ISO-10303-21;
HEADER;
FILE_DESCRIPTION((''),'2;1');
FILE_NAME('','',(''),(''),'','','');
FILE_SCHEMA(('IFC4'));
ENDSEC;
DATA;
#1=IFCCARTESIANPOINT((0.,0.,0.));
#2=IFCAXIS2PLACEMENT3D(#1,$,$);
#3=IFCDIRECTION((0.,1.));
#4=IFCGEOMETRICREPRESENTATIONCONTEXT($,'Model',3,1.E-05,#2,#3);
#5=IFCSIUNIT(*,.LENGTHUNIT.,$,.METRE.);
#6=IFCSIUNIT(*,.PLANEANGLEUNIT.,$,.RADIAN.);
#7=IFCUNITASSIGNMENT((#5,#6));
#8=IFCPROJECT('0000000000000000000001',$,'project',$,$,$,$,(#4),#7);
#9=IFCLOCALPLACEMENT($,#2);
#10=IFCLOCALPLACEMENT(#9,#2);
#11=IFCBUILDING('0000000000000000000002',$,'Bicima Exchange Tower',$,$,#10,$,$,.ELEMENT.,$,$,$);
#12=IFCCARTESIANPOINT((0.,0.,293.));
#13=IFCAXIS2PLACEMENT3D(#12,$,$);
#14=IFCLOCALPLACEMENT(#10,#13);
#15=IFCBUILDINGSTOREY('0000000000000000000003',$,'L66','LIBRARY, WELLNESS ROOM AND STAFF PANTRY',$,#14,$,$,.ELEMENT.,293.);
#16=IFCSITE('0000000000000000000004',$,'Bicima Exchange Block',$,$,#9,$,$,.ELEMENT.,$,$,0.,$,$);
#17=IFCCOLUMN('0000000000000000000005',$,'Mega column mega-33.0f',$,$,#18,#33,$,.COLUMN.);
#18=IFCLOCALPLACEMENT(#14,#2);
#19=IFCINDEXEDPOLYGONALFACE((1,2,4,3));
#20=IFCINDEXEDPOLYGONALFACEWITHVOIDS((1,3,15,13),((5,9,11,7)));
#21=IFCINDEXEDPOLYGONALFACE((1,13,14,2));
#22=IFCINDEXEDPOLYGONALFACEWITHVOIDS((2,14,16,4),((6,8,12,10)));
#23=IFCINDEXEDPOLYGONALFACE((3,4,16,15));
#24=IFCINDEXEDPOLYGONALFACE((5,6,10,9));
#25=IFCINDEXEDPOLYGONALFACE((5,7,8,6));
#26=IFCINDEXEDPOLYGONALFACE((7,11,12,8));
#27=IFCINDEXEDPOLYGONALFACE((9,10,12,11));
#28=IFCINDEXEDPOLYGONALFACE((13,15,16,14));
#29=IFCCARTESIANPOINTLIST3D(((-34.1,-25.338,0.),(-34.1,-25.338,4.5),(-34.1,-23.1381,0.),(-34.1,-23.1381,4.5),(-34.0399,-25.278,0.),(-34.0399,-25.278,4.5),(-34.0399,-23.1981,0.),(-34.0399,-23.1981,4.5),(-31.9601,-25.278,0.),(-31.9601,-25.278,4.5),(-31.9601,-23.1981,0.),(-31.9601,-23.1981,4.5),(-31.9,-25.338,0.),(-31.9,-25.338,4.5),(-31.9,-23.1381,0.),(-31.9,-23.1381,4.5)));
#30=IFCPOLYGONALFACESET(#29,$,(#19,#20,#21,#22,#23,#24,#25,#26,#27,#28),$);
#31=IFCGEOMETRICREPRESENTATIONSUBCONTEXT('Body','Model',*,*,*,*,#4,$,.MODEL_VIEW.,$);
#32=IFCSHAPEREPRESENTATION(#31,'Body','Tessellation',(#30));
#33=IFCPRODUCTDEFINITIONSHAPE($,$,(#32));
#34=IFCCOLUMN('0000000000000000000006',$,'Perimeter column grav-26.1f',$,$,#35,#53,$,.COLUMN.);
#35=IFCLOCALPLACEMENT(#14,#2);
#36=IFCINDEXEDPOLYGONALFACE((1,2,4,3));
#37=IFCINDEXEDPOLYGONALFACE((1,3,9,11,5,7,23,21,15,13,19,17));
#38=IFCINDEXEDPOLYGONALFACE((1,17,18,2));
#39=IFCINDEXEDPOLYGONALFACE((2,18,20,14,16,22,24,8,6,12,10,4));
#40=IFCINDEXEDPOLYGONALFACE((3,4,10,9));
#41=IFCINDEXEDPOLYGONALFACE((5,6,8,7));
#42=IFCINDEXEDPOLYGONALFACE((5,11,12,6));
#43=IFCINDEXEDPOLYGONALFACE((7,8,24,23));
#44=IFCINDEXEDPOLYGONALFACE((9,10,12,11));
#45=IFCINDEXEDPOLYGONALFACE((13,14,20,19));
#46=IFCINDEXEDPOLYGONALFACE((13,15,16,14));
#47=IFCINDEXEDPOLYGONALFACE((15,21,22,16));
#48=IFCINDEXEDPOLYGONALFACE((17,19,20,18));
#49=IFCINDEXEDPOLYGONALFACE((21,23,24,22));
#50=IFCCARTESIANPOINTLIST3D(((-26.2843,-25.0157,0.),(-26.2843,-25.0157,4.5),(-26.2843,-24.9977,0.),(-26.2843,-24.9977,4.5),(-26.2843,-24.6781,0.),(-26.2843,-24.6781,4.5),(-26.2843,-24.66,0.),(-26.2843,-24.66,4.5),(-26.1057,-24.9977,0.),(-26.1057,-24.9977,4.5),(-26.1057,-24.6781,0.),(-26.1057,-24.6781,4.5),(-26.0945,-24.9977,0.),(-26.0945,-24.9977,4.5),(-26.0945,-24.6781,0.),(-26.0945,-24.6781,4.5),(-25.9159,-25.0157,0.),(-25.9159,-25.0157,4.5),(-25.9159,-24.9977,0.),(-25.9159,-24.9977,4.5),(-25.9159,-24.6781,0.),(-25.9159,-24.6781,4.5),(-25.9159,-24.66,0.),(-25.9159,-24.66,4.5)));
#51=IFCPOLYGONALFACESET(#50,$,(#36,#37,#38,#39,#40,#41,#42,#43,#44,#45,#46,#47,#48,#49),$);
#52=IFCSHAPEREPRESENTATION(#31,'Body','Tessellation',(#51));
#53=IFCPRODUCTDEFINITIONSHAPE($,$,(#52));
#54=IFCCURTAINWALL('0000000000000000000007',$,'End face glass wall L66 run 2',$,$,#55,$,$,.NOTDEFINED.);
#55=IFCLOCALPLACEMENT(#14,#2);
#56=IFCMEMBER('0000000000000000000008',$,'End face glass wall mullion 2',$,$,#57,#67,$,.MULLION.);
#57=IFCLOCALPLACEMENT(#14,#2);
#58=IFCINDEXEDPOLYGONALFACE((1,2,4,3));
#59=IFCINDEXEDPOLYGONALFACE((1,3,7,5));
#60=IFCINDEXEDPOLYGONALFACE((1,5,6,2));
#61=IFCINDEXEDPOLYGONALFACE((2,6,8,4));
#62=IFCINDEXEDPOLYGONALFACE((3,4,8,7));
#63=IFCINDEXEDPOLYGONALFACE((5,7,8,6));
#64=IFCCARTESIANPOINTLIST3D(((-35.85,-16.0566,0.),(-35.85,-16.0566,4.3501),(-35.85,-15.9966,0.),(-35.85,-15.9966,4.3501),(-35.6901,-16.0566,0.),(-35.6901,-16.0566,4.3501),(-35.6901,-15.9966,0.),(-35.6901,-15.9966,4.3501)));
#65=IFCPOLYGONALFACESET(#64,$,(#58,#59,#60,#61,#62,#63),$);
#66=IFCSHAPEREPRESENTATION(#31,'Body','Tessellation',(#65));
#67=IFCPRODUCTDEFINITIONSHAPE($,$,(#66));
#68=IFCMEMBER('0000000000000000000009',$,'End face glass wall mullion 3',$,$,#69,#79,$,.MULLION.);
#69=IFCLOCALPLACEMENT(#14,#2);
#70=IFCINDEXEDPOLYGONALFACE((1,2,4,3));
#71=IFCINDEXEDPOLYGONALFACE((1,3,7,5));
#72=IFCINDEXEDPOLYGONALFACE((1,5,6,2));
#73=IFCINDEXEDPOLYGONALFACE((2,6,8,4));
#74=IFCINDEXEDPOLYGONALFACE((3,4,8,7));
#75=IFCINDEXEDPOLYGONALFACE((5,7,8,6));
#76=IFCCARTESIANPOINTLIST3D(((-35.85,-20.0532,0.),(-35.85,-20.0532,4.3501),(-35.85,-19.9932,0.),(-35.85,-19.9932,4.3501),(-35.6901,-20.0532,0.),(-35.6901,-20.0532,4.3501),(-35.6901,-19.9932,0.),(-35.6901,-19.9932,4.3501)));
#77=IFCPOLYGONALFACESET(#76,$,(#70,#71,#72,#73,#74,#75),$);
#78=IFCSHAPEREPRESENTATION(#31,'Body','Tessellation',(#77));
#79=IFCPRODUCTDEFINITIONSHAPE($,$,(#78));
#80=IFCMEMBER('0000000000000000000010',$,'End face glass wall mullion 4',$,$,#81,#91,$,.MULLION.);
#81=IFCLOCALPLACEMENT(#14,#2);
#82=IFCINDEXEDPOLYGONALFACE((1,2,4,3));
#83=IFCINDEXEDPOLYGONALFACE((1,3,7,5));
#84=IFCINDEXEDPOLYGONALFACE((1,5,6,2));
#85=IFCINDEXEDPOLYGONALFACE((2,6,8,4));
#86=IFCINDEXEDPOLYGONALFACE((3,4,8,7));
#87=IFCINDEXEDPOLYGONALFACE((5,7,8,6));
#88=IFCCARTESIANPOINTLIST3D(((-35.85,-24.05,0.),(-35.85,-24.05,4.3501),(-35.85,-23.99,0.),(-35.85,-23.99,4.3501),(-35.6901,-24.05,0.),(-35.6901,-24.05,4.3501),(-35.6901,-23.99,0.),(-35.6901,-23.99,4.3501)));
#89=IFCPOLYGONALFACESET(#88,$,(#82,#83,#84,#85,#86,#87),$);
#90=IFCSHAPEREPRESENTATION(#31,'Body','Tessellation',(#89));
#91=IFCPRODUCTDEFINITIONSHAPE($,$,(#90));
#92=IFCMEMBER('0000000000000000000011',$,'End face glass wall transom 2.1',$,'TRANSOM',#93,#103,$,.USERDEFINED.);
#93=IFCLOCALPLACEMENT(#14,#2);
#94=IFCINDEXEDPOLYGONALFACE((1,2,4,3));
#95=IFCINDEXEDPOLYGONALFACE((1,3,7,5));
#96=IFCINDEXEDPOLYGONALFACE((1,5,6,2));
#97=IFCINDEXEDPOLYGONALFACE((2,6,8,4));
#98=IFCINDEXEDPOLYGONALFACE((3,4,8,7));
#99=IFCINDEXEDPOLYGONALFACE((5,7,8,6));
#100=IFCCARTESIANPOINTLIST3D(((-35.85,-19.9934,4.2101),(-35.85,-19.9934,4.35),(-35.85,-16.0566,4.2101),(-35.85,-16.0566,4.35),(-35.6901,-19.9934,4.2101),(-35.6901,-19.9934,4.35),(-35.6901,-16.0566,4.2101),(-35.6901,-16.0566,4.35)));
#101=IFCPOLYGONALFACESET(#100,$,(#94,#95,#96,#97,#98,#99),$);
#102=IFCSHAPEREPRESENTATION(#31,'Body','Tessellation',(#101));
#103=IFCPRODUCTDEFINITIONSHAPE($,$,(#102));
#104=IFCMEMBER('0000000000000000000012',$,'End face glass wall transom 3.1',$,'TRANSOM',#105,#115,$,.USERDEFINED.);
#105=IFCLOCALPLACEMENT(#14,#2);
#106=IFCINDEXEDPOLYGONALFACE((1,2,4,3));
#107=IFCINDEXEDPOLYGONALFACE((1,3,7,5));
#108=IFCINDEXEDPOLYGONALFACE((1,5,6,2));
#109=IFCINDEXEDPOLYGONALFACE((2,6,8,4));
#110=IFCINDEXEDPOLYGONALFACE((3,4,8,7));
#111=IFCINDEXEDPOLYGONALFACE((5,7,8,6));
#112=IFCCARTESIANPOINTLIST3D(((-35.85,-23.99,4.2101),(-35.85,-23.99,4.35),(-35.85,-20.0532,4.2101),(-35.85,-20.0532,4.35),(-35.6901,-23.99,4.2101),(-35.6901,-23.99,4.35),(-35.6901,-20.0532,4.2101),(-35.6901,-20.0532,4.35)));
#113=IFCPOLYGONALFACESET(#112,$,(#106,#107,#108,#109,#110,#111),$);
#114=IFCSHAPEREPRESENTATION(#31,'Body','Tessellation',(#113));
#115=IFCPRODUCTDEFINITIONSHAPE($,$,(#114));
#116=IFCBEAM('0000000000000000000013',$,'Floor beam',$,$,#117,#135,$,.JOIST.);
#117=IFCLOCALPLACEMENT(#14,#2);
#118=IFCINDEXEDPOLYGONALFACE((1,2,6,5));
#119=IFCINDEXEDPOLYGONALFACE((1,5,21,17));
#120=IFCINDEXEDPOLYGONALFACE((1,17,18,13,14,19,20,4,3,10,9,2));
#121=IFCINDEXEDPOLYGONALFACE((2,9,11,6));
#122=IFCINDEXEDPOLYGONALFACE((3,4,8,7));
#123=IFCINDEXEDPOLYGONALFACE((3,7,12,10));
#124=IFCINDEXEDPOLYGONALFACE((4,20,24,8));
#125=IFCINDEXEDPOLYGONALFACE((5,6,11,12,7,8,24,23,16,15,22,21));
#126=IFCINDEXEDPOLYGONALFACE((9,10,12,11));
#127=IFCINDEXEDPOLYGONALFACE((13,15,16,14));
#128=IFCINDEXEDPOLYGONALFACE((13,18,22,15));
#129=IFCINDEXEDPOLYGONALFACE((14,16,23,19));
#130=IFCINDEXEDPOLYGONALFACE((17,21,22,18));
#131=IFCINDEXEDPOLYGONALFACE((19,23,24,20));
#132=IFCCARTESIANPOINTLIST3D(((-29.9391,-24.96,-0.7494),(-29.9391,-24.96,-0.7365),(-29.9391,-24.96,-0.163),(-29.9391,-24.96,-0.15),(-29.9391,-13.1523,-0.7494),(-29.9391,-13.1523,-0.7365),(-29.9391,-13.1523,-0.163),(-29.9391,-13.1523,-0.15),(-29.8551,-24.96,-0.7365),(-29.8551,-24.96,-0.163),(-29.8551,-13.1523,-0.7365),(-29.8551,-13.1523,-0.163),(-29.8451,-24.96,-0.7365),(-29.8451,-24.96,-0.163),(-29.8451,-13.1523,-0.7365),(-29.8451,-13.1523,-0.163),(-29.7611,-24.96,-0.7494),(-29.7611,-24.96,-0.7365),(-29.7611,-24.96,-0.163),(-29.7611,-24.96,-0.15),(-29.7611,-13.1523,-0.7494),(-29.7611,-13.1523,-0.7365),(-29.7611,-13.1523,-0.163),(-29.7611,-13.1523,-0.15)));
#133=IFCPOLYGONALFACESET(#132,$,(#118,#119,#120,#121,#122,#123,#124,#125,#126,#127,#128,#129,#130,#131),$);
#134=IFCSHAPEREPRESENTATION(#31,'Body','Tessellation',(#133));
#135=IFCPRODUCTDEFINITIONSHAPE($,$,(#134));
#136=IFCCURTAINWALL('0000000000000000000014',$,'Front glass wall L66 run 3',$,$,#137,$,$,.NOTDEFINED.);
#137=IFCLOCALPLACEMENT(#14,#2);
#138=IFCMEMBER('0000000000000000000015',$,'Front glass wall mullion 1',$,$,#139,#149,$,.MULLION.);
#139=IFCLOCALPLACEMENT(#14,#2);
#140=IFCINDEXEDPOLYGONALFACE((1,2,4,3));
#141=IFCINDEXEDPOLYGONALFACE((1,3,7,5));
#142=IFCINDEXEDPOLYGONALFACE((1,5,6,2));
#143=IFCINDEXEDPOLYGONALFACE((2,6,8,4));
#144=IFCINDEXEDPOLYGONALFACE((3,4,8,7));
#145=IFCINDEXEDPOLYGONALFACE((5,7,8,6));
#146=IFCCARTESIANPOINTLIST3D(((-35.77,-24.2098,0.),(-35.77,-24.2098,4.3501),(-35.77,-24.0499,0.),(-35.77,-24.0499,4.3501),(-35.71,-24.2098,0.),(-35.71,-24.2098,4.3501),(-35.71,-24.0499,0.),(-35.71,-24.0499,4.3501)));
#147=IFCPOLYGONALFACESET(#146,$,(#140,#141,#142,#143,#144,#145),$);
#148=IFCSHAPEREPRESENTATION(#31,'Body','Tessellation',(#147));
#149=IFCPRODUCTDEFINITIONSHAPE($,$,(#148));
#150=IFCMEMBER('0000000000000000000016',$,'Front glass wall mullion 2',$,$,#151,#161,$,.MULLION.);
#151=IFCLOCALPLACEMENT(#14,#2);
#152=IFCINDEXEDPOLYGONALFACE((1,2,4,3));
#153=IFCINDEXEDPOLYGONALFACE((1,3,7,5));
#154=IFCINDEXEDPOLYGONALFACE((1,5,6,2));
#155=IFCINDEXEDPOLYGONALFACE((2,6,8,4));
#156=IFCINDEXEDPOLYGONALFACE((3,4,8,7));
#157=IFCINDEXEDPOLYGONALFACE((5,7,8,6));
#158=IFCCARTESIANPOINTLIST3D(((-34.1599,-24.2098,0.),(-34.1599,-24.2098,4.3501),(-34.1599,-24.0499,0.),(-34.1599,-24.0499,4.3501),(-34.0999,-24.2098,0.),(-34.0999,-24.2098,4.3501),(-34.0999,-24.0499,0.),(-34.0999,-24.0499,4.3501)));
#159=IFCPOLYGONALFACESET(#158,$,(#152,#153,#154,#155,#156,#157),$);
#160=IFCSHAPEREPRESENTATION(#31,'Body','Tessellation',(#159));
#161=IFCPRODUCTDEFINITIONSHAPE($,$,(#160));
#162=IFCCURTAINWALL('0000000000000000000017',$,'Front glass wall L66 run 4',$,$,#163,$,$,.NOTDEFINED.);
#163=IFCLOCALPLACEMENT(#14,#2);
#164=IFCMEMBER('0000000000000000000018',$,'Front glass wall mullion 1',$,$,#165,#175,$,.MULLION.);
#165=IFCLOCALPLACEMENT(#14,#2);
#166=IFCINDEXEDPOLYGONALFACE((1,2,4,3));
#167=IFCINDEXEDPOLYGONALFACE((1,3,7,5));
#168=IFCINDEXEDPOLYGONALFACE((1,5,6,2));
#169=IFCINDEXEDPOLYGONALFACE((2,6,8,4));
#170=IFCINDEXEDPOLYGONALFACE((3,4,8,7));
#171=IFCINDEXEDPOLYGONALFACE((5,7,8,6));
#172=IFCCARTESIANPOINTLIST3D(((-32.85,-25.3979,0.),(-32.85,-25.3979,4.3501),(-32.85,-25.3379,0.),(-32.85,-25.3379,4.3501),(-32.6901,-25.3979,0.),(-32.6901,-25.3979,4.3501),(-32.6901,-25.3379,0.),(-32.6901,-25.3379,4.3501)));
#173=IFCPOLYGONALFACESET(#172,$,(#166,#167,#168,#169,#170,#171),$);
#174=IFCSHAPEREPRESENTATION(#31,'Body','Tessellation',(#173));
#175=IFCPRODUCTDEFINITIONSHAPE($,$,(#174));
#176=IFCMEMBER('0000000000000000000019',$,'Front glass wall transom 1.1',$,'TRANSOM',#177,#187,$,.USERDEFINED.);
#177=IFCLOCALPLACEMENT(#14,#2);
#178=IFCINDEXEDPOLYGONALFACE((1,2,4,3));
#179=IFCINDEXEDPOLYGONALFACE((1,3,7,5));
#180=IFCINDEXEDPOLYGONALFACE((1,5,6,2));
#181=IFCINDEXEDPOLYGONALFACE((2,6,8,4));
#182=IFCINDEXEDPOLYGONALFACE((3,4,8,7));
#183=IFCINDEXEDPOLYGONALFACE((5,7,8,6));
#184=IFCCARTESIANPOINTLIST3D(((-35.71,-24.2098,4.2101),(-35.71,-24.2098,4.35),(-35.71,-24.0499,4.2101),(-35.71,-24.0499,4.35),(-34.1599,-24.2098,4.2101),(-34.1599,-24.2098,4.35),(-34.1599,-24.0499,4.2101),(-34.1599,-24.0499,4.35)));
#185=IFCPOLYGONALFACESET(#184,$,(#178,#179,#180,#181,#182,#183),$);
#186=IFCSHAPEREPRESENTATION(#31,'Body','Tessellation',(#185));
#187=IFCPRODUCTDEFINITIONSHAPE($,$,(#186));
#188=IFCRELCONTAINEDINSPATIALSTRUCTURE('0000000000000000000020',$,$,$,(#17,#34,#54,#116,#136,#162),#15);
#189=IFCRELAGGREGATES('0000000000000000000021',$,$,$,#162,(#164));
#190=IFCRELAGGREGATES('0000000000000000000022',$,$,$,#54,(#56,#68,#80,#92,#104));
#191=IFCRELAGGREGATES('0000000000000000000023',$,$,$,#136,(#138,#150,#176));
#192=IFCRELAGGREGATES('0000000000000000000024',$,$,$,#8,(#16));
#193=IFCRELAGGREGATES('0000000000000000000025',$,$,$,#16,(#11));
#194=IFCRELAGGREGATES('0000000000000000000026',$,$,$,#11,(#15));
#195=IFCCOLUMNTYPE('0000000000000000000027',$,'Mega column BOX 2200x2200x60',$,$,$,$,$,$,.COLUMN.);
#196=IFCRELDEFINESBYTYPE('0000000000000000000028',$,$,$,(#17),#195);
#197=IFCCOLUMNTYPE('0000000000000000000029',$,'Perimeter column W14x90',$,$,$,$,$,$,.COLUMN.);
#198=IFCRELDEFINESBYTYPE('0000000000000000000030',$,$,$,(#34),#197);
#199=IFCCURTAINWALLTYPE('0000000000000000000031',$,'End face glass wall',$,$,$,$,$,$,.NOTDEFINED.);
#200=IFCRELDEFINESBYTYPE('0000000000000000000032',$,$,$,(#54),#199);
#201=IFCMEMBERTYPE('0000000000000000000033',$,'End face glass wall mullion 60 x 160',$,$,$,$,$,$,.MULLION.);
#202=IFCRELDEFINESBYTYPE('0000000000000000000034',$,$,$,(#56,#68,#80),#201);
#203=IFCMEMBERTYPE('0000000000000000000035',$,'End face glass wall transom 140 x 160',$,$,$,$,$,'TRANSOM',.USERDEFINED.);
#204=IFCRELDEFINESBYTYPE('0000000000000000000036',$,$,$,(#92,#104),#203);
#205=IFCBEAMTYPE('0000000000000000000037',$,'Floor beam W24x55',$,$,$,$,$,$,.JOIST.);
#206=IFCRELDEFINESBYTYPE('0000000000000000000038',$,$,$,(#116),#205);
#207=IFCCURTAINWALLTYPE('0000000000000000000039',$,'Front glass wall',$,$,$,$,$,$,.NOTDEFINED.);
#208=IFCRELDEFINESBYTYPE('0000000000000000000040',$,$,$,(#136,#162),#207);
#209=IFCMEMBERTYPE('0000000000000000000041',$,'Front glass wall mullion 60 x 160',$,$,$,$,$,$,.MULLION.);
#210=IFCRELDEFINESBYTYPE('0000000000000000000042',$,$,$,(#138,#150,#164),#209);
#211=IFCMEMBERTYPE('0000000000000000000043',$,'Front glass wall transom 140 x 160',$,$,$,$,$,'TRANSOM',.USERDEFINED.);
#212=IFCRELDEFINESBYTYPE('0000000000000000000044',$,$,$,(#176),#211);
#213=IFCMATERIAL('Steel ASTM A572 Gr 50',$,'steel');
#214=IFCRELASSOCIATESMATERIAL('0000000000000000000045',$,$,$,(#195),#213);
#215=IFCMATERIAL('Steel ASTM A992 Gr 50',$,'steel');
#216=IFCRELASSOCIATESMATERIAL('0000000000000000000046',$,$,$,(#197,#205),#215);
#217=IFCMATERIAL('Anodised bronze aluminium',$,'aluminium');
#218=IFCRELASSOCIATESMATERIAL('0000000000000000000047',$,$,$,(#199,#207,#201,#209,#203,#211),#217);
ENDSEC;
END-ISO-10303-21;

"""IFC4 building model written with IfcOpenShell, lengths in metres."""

from ifc_helpers import new_model, si_unit, direction, frame, origin, origin_2d, place, context, subcontext, project, spatial, rectangle, hollow_rectangle, i_section, extrude, material, material_profile, profile_set, type_object, element, aggregate, save


model = new_model("IFC4")

# Units and contexts
model_context = context("Model", 3, precision=1e-05, world=origin(), true_north=direction((0.0, 1.0)))
body_context = subcontext(model_context, "Body", "Model", "MODEL_VIEW")
ifc_project = project(units=[si_unit("LENGTHUNIT", "METRE"), si_unit("PLANEANGLEUNIT", "RADIAN")], contexts=[model_context])

# Site, building, storey
site_placement = place(None, origin())
site = spatial("IfcSite", under=ifc_project, at=site_placement, Name="Bicima Exchange Block", CompositionType="ELEMENT", RefElevation=0.0)
building_placement = place(site_placement, origin())
building = spatial("IfcBuilding", under=site, at=building_placement, Name="Bicima Exchange Tower", CompositionType="ELEMENT")
storey_placement = place(building_placement, frame((0.0, 0.0, 293.0)))
storey = spatial("IfcBuildingStorey", under=building, at=storey_placement, Name="L66", Description="LIBRARY, WELLNESS ROOM AND STAFF PANTRY", CompositionType="ELEMENT", Elevation=293.0)

# Columns
ifc_material_1 = material(Name="Steel ASTM A572 Gr 50", Category="steel")
ifc_material_profile_1 = material_profile(ifc_material_1, hollow_rectangle(XDim=2.2, YDim=2.2, WallThickness=0.0601, at=origin_2d()))
ifc_profile_set_1 = profile_set([ifc_material_profile_1], Name="Steel ASTM A572 Gr 50")
column_type_1 = type_object("IfcColumnType", Name="Mega column BOX 2200x2200x60", PredefinedType="COLUMN", material=ifc_profile_set_1)
column_1_placement = place(storey_placement, frame((-33.0, -24.238, 0.0), z_axis=(0.0, 0.0, 1.0), x_axis=(1.0, 0.0, 0.0)))
element("IfcColumn", 1, at=column_1_placement, inside=storey, type_object=column_type_1, Name="Mega column mega-33.0f", PredefinedType="COLUMN", context=body_context, shape_type="SweptSolid", body=[
    extrude(hollow_rectangle(XDim=2.2, YDim=2.2, WallThickness=0.0601, at=origin_2d()), origin(), (0.0, 0.0, 1.0), 4.5),
])
ifc_material_2 = material(Name="Steel ASTM A992 Gr 50", Category="steel")
ifc_material_profile_2 = material_profile(ifc_material_2, i_section(OverallWidth=0.3684, OverallDepth=0.3557, WebThickness=0.0112, FlangeThickness=0.0181, at=origin_2d()))
ifc_profile_set_2 = profile_set([ifc_material_profile_2], Name="Steel ASTM A992 Gr 50")
column_type_2 = type_object("IfcColumnType", Name="Perimeter column W14x90", PredefinedType="COLUMN", material=ifc_profile_set_2)
column_2_placement = place(storey_placement, frame((-26.1001, -24.8379, 0.0), z_axis=(0.0, 0.0, 1.0), x_axis=(1.0, 0.0, 0.0)))
element("IfcColumn", 2, at=column_2_placement, inside=storey, type_object=column_type_2, Name="Perimeter column grav-26.1f", PredefinedType="COLUMN", context=body_context, shape_type="SweptSolid", body=[
    extrude(i_section(OverallWidth=0.3684, OverallDepth=0.3557, WebThickness=0.0112, FlangeThickness=0.0181, at=origin_2d()), origin(), (0.0, 0.0, 1.0), 4.5),
])

# Curtain wall, members
ifc_material_3 = material(Name="Anodised bronze aluminium", Category="aluminium")
curtain_wall_type_1 = type_object("IfcCurtainWallType", Name="End face glass wall", PredefinedType="NOTDEFINED", material=ifc_material_3)
curtain_wall_1_placement = place(storey_placement, origin())
curtain_wall_1 = element("IfcCurtainWall", 3, at=curtain_wall_1_placement, inside=storey, type_object=curtain_wall_type_1, Name="End face glass wall L66 run 2", PredefinedType="NOTDEFINED")
ifc_material_profile_3 = material_profile(ifc_material_3, rectangle(XDim=0.1599, YDim=0.0601, at=origin_2d()))
ifc_profile_set_3 = profile_set([ifc_material_profile_3], Name="Anodised bronze aluminium")
member_type_1 = type_object("IfcMemberType", Name="End face glass wall mullion 60 x 160", PredefinedType="MULLION", material=ifc_profile_set_3)
member_1_placement = place(storey_placement, frame((-35.77, -16.0266, 0.0), z_axis=(0.0, 0.0, 1.0), x_axis=(1.0, 0.0, 0.0)))
member_1 = element("IfcMember", 4, at=member_1_placement, type_object=member_type_1, Name="End face glass wall mullion 2", PredefinedType="MULLION", context=body_context, shape_type="SweptSolid", body=[
    extrude(rectangle(XDim=0.1599, YDim=0.0601, at=origin_2d()), origin(), (0.0, 0.0, 1.0), 4.3501),
])
member_2_placement = place(storey_placement, frame((-35.77, -20.0232, 0.0), z_axis=(0.0, 0.0, 1.0), x_axis=(1.0, 0.0, 0.0)))
member_2 = element("IfcMember", 5, at=member_2_placement, type_object=member_type_1, Name="End face glass wall mullion 3", PredefinedType="MULLION", context=body_context, shape_type="SweptSolid", body=[
    extrude(rectangle(XDim=0.1599, YDim=0.0601, at=origin_2d()), origin(), (0.0, 0.0, 1.0), 4.3501),
])
member_3_placement = place(storey_placement, frame((-35.77, -24.02, 0.0), z_axis=(0.0, 0.0, 1.0), x_axis=(1.0, 0.0, 0.0)))
member_3 = element("IfcMember", 6, at=member_3_placement, type_object=member_type_1, Name="End face glass wall mullion 4", PredefinedType="MULLION", context=body_context, shape_type="SweptSolid", body=[
    extrude(rectangle(XDim=0.1599, YDim=0.0601, at=origin_2d()), origin(), (0.0, 0.0, 1.0), 4.3501),
])
ifc_material_profile_4 = material_profile(ifc_material_3, rectangle(XDim=0.1599, YDim=0.1399, at=origin_2d()))
ifc_profile_set_4 = profile_set([ifc_material_profile_4], Name="Anodised bronze aluminium")
member_type_2 = type_object("IfcMemberType", Name="End face glass wall transom 140 x 160", ElementType="TRANSOM", PredefinedType="USERDEFINED", material=ifc_profile_set_4)
member_4_placement = place(storey_placement, frame((-35.77, -16.0566, 4.28), z_axis=(0.0, -1.0, 0.0), x_axis=(1.0, 0.0, 0.0)))
member_4 = element("IfcMember", 7, at=member_4_placement, type_object=member_type_2, Name="End face glass wall transom 2.1", ObjectType="TRANSOM", PredefinedType="USERDEFINED", context=body_context, shape_type="SweptSolid", body=[
    extrude(rectangle(XDim=0.1599, YDim=0.1399, at=origin_2d()), origin(), (0.0, 0.0, 1.0), 3.9368),
])
member_5_placement = place(storey_placement, frame((-35.77, -20.0532, 4.28), z_axis=(0.0, -1.0, 0.0), x_axis=(1.0, 0.0, 0.0)))
member_5 = element("IfcMember", 8, at=member_5_placement, type_object=member_type_2, Name="End face glass wall transom 3.1", ObjectType="TRANSOM", PredefinedType="USERDEFINED", context=body_context, shape_type="SweptSolid", body=[
    extrude(rectangle(XDim=0.1599, YDim=0.1399, at=origin_2d()), origin(), (0.0, 0.0, 1.0), 3.9368),
])

# Beam
ifc_material_profile_5 = material_profile(ifc_material_2, i_section(OverallWidth=0.178, OverallDepth=0.5994, WebThickness=0.01, FlangeThickness=0.0129, at=origin_2d()))
ifc_profile_set_5 = profile_set([ifc_material_profile_5], Name="Steel ASTM A992 Gr 50")
beam_type = type_object("IfcBeamType", Name="Floor beam W24x55", PredefinedType="JOIST", material=ifc_profile_set_5)
beam_placement = place(storey_placement, frame((-29.8501, -13.1523, -0.4497), z_axis=(0.0, -1.0, 0.0), x_axis=(1.0, 0.0, 0.0)))
element("IfcBeam", 9, at=beam_placement, inside=storey, type_object=beam_type, Name="Floor beam", PredefinedType="JOIST", context=body_context, shape_type="SweptSolid", body=[
    extrude(i_section(OverallWidth=0.178, OverallDepth=0.5994, WebThickness=0.01, FlangeThickness=0.0129, at=origin_2d()), origin(), (0.0, 0.0, 1.0), 11.8076),
])

# Curtain wall, members
curtain_wall_type_2 = type_object("IfcCurtainWallType", Name="Front glass wall", PredefinedType="NOTDEFINED", material=ifc_material_3)
curtain_wall_2_placement = place(storey_placement, origin())
curtain_wall_2 = element("IfcCurtainWall", 10, at=curtain_wall_2_placement, inside=storey, type_object=curtain_wall_type_2, Name="Front glass wall L66 run 3", PredefinedType="NOTDEFINED")
member_type_3 = type_object("IfcMemberType", Name="Front glass wall mullion 60 x 160", PredefinedType="MULLION", material=ifc_profile_set_3)
member_6_placement = place(storey_placement, frame((-35.74, -24.1299, 0.0), z_axis=(0.0, 0.0, 1.0), x_axis=(0.0, 1.0, 0.0)))
member_6 = element("IfcMember", 11, at=member_6_placement, type_object=member_type_3, Name="Front glass wall mullion 1", PredefinedType="MULLION", context=body_context, shape_type="SweptSolid", body=[
    extrude(rectangle(XDim=0.1599, YDim=0.0601, at=origin_2d()), origin(), (0.0, 0.0, 1.0), 4.3501),
])
member_7_placement = place(storey_placement, frame((-34.1299, -24.1299, 0.0), z_axis=(0.0, 0.0, 1.0), x_axis=(0.0, 1.0, 0.0)))
member_7 = element("IfcMember", 12, at=member_7_placement, type_object=member_type_3, Name="Front glass wall mullion 2", PredefinedType="MULLION", context=body_context, shape_type="SweptSolid", body=[
    extrude(rectangle(XDim=0.1599, YDim=0.0601, at=origin_2d()), origin(), (0.0, 0.0, 1.0), 4.3501),
])

# Curtain wall, member
curtain_wall_3_placement = place(storey_placement, origin())
curtain_wall_3 = element("IfcCurtainWall", 13, at=curtain_wall_3_placement, inside=storey, type_object=curtain_wall_type_2, Name="Front glass wall L66 run 4", PredefinedType="NOTDEFINED")
member_8_placement = place(storey_placement, frame((-32.77, -25.3679, 0.0), z_axis=(0.0, 0.0, 1.0), x_axis=(1.0, 0.0, 0.0)))
member_8 = element("IfcMember", 14, at=member_8_placement, type_object=member_type_3, Name="Front glass wall mullion 1", PredefinedType="MULLION", context=body_context, shape_type="SweptSolid", body=[
    extrude(rectangle(XDim=0.1599, YDim=0.0601, at=origin_2d()), origin(), (0.0, 0.0, 1.0), 4.3501),
])

# Member
member_type_4 = type_object("IfcMemberType", Name="Front glass wall transom 140 x 160", ElementType="TRANSOM", PredefinedType="USERDEFINED", material=ifc_profile_set_4)
member_9_placement = place(storey_placement, frame((-35.71, -24.1299, 4.28), z_axis=(1.0, 0.0, 0.0), x_axis=(0.0, 1.0, 0.0)))
member_9 = element("IfcMember", 15, at=member_9_placement, type_object=member_type_4, Name="Front glass wall transom 1.1", ObjectType="TRANSOM", PredefinedType="USERDEFINED", context=body_context, shape_type="SweptSolid", body=[
    extrude(rectangle(XDim=0.1599, YDim=0.1399, at=origin_2d()), origin(), (0.0, 0.0, 1.0), 1.55),
])
aggregate(curtain_wall_3, [member_8])

aggregate(curtain_wall_1, [member_1, member_2, member_3, member_4, member_5])
aggregate(curtain_wall_2, [member_6, member_7, member_9])

save(model, "model.ifc")
